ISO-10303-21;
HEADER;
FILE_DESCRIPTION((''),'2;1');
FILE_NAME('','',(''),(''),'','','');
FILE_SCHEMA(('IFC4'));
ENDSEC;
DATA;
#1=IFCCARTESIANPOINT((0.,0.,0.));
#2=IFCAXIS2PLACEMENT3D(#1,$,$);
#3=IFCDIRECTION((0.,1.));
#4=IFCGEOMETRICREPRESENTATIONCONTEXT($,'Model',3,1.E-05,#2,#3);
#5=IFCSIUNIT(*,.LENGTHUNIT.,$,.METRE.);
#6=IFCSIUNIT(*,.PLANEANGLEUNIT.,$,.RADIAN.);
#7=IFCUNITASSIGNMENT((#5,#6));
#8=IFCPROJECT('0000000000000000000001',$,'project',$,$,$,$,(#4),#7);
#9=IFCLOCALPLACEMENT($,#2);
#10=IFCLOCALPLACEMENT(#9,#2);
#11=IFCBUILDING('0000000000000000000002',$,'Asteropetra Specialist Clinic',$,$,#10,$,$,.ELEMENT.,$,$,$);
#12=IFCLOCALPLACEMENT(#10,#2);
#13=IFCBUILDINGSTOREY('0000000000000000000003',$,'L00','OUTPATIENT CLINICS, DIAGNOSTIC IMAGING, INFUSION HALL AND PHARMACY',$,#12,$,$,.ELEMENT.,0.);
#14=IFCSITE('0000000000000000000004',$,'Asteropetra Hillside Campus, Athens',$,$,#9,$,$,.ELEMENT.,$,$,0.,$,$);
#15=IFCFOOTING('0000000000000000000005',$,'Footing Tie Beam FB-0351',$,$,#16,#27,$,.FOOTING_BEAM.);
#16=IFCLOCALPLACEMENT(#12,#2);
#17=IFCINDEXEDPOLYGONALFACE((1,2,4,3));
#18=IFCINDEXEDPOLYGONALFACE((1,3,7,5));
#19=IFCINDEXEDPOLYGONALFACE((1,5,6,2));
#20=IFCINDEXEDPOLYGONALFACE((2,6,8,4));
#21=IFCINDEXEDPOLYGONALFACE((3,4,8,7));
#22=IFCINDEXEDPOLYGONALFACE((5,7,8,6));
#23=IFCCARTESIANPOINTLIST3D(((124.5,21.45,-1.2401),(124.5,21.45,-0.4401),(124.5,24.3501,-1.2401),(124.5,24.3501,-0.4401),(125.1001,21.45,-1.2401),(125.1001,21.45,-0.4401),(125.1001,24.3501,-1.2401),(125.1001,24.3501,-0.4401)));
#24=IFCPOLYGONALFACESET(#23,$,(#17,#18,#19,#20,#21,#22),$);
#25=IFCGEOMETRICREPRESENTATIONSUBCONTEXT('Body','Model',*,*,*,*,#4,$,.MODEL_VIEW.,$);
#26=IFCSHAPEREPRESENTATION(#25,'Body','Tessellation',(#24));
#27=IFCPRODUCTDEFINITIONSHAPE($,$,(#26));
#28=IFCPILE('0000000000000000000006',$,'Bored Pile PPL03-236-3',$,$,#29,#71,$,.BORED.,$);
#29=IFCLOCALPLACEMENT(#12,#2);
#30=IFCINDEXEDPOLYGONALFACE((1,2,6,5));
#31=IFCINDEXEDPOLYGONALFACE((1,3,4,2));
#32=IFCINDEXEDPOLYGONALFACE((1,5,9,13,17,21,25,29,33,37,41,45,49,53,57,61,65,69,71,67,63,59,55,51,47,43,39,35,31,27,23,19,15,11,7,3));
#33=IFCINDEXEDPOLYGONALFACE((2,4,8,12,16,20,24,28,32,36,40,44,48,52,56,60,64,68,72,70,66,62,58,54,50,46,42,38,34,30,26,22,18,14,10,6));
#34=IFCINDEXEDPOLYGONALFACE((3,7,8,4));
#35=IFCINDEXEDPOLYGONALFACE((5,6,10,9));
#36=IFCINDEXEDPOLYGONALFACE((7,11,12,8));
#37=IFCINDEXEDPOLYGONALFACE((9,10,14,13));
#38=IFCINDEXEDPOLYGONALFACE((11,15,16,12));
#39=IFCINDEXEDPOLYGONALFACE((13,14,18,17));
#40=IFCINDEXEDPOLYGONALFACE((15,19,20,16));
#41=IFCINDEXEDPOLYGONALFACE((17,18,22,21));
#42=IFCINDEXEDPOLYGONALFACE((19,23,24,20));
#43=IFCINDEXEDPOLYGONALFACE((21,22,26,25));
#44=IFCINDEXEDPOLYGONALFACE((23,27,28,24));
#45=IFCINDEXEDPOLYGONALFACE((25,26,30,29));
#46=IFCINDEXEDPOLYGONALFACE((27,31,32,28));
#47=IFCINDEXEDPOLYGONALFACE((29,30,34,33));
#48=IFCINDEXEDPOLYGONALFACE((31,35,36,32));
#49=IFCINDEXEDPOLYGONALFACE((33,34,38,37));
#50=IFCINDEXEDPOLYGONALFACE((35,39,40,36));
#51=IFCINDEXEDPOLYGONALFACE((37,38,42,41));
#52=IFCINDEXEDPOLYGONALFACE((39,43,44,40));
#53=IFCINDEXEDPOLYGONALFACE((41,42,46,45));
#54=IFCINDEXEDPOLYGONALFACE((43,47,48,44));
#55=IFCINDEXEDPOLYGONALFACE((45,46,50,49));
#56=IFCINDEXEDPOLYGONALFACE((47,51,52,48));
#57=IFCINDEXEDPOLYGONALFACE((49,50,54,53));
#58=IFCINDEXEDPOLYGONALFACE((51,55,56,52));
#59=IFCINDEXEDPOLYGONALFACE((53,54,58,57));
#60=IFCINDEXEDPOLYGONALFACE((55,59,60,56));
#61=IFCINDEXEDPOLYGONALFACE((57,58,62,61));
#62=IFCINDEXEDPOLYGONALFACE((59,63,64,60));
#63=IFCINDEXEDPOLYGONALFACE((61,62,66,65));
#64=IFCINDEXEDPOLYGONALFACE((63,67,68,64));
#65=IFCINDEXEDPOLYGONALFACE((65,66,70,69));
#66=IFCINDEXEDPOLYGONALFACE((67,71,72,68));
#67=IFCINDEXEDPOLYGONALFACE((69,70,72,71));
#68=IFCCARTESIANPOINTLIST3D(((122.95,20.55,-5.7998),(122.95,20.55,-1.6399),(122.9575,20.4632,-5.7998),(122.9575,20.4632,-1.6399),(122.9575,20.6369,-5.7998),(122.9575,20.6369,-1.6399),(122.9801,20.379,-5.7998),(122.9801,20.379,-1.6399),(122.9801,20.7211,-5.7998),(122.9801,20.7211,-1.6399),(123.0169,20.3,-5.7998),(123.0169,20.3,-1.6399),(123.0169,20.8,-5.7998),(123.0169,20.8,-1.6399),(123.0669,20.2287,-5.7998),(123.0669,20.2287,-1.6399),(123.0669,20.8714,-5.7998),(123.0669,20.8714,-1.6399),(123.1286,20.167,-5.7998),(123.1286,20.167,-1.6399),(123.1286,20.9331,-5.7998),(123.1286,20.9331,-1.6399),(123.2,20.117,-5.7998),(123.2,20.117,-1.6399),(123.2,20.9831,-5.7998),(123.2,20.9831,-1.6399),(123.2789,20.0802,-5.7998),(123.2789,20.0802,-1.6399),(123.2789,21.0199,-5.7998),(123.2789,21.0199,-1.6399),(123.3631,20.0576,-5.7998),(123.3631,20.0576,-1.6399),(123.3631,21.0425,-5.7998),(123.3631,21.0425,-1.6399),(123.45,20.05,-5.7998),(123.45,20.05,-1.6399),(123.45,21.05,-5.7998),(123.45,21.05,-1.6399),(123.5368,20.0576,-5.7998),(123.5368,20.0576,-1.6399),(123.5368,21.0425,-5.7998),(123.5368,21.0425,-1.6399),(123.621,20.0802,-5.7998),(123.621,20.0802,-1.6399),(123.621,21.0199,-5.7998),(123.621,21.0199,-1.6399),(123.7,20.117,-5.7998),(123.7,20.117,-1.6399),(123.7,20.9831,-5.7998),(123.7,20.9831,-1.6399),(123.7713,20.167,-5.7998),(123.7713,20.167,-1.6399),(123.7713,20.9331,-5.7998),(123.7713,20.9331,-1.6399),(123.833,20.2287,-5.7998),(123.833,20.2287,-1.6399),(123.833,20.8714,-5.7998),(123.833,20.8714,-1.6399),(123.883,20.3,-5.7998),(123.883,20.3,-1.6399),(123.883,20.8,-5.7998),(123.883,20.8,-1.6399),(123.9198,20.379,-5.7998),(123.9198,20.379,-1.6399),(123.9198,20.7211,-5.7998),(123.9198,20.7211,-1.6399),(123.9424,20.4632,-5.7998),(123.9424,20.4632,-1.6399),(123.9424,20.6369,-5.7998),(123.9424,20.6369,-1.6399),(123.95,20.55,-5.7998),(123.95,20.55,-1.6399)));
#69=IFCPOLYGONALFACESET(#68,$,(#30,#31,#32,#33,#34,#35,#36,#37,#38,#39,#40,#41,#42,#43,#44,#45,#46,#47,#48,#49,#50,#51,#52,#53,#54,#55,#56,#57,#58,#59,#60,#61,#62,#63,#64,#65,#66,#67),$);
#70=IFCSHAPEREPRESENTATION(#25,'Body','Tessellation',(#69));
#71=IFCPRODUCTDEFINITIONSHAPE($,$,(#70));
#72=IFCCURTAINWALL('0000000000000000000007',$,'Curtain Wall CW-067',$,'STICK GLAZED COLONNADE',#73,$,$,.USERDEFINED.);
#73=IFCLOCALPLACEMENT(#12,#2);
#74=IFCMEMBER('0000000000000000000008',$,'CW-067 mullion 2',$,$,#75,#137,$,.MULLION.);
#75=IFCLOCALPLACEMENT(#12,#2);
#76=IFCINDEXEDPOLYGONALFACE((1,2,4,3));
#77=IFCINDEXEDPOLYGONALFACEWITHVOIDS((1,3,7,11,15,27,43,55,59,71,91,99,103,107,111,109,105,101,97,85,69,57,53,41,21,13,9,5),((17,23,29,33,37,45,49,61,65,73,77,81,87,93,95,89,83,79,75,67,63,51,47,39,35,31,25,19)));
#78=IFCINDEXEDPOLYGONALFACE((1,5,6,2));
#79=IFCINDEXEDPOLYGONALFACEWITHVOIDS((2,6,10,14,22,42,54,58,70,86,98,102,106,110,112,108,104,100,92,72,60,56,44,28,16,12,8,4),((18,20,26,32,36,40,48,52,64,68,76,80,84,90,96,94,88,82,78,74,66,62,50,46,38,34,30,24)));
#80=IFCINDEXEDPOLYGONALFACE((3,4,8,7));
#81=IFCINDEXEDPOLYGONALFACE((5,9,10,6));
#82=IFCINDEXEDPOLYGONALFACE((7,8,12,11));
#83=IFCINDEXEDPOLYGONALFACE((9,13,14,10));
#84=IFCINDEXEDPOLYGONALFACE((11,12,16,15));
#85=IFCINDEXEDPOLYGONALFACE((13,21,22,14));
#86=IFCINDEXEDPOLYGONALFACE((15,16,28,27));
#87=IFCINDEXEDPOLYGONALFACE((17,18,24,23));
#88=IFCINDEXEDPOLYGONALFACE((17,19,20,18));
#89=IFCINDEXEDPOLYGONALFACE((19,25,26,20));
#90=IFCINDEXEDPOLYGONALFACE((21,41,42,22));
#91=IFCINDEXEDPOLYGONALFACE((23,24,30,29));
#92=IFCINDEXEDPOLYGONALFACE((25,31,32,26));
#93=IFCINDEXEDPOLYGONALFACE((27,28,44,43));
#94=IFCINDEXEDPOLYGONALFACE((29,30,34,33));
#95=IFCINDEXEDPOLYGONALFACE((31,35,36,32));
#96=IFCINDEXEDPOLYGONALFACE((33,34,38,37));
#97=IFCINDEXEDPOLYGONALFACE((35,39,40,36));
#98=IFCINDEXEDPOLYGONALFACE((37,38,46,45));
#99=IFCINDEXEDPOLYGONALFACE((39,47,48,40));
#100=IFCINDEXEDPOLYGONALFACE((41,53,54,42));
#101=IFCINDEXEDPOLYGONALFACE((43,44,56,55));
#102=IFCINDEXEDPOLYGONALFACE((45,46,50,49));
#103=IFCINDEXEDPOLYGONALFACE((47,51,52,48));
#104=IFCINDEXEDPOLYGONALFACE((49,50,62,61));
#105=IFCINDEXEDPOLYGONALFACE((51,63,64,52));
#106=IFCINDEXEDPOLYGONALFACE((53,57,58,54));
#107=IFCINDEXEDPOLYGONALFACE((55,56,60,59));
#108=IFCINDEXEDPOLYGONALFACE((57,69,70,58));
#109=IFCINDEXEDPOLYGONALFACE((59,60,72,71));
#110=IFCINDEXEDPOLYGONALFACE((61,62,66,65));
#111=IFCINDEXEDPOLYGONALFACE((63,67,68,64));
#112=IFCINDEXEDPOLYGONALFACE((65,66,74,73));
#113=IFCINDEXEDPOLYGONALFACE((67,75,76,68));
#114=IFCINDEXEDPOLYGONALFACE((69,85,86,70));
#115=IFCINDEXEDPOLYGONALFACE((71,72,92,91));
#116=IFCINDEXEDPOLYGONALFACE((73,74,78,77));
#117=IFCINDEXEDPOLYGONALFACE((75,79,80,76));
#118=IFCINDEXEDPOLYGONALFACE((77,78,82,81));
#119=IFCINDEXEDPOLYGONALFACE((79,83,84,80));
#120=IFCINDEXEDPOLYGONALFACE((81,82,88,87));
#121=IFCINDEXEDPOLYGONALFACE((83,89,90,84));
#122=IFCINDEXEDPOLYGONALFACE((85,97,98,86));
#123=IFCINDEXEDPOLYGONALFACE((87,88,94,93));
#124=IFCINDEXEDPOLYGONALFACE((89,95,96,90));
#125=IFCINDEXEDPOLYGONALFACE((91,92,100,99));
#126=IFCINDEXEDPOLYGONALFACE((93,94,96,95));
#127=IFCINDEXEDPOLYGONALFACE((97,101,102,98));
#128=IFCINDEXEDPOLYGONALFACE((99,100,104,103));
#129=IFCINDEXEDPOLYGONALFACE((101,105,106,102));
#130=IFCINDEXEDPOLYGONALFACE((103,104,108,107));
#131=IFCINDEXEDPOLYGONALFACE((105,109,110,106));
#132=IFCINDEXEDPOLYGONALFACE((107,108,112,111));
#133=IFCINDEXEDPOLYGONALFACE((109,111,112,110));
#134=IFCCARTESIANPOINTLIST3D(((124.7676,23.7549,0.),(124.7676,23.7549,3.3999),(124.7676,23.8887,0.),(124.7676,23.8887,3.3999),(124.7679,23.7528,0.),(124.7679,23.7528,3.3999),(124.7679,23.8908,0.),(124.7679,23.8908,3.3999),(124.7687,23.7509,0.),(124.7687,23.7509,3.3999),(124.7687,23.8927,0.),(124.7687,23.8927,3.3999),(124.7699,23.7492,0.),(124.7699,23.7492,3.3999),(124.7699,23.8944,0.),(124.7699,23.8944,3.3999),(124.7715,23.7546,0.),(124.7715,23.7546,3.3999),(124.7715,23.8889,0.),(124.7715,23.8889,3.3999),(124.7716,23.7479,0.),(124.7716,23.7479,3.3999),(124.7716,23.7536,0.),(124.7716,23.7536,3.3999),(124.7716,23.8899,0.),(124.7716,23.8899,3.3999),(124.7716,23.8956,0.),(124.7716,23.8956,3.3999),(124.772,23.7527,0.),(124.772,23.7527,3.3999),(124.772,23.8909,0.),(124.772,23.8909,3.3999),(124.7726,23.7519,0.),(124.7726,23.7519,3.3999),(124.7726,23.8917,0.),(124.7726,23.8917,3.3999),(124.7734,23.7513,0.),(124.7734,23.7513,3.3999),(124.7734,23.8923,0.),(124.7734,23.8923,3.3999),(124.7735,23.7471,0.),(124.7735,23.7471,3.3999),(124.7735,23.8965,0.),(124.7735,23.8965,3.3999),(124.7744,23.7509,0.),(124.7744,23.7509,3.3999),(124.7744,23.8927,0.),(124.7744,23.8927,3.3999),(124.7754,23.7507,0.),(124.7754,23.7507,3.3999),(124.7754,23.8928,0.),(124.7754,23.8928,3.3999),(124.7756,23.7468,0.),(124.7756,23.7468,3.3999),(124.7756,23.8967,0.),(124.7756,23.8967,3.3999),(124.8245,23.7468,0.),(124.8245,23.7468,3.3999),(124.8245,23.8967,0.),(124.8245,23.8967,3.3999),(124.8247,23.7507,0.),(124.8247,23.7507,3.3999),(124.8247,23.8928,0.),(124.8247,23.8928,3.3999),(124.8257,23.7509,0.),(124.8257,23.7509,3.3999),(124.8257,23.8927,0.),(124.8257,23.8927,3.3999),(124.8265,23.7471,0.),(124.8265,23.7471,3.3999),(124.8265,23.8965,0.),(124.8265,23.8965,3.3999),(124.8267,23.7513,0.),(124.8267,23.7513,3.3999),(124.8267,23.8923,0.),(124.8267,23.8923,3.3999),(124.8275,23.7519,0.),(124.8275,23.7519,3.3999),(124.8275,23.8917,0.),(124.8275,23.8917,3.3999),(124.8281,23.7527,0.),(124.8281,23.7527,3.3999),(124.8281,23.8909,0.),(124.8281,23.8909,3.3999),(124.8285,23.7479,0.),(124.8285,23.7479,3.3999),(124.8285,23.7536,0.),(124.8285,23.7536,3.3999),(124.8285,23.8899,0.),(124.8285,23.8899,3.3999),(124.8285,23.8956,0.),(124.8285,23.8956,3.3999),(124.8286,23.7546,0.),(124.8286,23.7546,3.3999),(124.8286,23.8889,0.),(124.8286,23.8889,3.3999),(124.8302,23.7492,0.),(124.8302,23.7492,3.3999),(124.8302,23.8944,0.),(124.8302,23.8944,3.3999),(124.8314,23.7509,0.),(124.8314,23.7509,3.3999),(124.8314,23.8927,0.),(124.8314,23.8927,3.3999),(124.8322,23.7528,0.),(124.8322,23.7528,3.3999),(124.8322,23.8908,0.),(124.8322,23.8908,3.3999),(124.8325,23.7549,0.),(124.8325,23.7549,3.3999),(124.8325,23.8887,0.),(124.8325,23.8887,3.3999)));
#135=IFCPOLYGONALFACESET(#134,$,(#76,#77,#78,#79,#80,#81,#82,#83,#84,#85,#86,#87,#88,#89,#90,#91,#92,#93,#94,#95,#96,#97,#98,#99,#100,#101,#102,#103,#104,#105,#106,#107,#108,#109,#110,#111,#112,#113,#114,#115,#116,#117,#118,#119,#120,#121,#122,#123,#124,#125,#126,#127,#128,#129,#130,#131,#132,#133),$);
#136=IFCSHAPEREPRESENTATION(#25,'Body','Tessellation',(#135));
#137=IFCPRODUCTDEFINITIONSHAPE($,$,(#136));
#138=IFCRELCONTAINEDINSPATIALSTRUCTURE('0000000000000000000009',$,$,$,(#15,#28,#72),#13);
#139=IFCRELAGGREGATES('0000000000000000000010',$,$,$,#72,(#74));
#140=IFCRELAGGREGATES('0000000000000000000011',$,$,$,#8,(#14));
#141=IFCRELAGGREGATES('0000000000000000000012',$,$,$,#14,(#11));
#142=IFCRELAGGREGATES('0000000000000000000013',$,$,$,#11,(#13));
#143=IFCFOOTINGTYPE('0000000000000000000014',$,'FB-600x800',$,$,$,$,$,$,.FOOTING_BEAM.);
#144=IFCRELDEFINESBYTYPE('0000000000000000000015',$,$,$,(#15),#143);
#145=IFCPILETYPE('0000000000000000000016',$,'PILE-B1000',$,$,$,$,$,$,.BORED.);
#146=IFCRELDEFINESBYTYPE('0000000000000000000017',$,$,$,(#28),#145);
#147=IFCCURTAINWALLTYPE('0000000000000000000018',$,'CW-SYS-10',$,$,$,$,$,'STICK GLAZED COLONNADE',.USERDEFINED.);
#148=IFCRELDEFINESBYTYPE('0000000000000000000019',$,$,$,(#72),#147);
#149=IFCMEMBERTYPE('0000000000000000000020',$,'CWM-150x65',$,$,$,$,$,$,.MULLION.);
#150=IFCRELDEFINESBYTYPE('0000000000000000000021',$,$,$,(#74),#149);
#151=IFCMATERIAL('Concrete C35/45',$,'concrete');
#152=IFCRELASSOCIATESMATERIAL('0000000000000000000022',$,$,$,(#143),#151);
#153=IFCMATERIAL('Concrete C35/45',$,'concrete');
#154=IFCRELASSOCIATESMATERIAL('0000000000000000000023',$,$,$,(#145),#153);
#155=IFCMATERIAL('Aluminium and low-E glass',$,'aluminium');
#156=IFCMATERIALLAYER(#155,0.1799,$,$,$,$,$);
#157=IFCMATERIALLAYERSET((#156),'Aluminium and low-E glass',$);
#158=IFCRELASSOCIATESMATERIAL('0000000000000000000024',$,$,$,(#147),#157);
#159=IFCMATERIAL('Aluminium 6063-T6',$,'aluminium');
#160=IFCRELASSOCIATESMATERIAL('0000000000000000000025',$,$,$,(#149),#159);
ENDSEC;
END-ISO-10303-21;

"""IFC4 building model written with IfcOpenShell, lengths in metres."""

from ifc_helpers import new_model, si_unit, direction, frame, origin, origin_2d, place, context, subcontext, project, spatial, rectangle, hollow_rectangle, circle, extrude, material, layer, layer_set, material_profile, profile_set, type_object, element, aggregate, save


model = new_model("IFC4")

# Units and contexts
model_context = context("Model", 3, precision=1e-05, world=origin(), true_north=direction((0.0, 1.0)))
body_context = subcontext(model_context, "Body", "Model", "MODEL_VIEW")
ifc_project = project(units=[si_unit("LENGTHUNIT", "METRE"), si_unit("PLANEANGLEUNIT", "RADIAN")], contexts=[model_context])

# Site, building, storey
site_placement = place(None, origin())
site = spatial("IfcSite", under=ifc_project, at=site_placement, Name="Asteropetra Hillside Campus, Athens", CompositionType="ELEMENT", RefElevation=0.0)
building_placement = place(site_placement, origin())
building = spatial("IfcBuilding", under=site, at=building_placement, Name="Asteropetra Specialist Clinic", CompositionType="ELEMENT")
storey_placement = place(building_placement, origin())
storey = spatial("IfcBuildingStorey", under=building, at=storey_placement, Name="L00", Description="OUTPATIENT CLINICS, DIAGNOSTIC IMAGING, INFUSION HALL AND PHARMACY", CompositionType="ELEMENT", Elevation=0.0)

# Footing
ifc_material_1 = material(Name="Concrete C35/45", Category="concrete")
ifc_material_profile_1 = material_profile(ifc_material_1, rectangle(XDim=0.6001, YDim=0.8, at=origin_2d()), Name="FB 600x800")
ifc_profile_set_1 = profile_set([ifc_material_profile_1], Name="Concrete C35/45")
footing_type = type_object("IfcFootingType", Name="FB-600x800", PredefinedType="FOOTING_BEAM", material=ifc_profile_set_1)
footing_placement = place(storey_placement, frame((124.8, 21.45, -0.8401), z_axis=(0.0, 1.0, 0.0), x_axis=(-1.0, 0.0, 0.0)))
element("IfcFooting", 1, at=footing_placement, inside=storey, type_object=footing_type, Name="Footing Tie Beam FB-0351", PredefinedType="FOOTING_BEAM", context=body_context, shape_type="SweptSolid", body=[
    extrude(rectangle(XDim=0.6001, YDim=0.8, at=origin_2d()), origin(), (0.0, 0.0, 1.0), 2.9001),
])

# Pile
ifc_material_2 = material(Name="Concrete C35/45", Category="concrete")
ifc_material_profile_2 = material_profile(ifc_material_2, circle(Radius=0.5, at=origin_2d()), Name="PILE D1000")
ifc_profile_set_2 = profile_set([ifc_material_profile_2], Name="Concrete C35/45")
pile_type = type_object("IfcPileType", Name="PILE-B1000", PredefinedType="BORED", material=ifc_profile_set_2)
pile_placement = place(storey_placement, frame((123.45, 20.55, -1.6399), z_axis=(0.0, 0.0, -1.0), x_axis=(1.0, 0.0, 0.0)))
element("IfcPile", 2, at=pile_placement, inside=storey, type_object=pile_type, Name="Bored Pile PPL03-236-3", PredefinedType="BORED", context=body_context, shape_type="SweptSolid", body=[
    extrude(circle(Radius=0.5, at=origin_2d()), origin(), (0.0, 0.0, 1.0), 4.1599),
])

# Curtain wall, member
ifc_material_3 = material(Name="Aluminium and low-E glass", Category="aluminium")
ifc_layer_1 = layer(ifc_material_3, 0.1799)
ifc_layer_set_1 = layer_set([ifc_layer_1], Name="Aluminium and low-E glass")
curtain_wall_type = type_object("IfcCurtainWallType", Name="CW-SYS-10", ElementType="STICK GLAZED COLONNADE", PredefinedType="USERDEFINED", material=ifc_layer_set_1)
curtain_wall_placement = place(storey_placement, origin())
curtain_wall = element("IfcCurtainWall", 3, at=curtain_wall_placement, inside=storey, type_object=curtain_wall_type, Name="Curtain Wall CW-067", ObjectType="STICK GLAZED COLONNADE", PredefinedType="USERDEFINED")
ifc_material_4 = material(Name="Aluminium 6063-T6", Category="aluminium")
ifc_material_profile_3 = material_profile(ifc_material_4, hollow_rectangle(XDim=0.0649, YDim=0.1499, WallThickness=0.0039, InnerFilletRadius=0.0039, OuterFilletRadius=0.0081, at=origin_2d()), Name="MUL 150x65x4.0")
ifc_profile_set_3 = profile_set([ifc_material_profile_3], Name="Aluminium 6063-T6")
member_type_1 = type_object("IfcMemberType", Name="CWM-150x65", PredefinedType="MULLION", material=ifc_profile_set_3)
member_1_placement = place(storey_placement, frame((124.8, 23.8218, 0.0), z_axis=(0.0, 0.0, 1.0), x_axis=(1.0, 0.0, 0.0)))
member_1 = element("IfcMember", 4, at=member_1_placement, type_object=member_type_1, Name="CW-067 mullion 2", PredefinedType="MULLION", context=body_context, shape_type="SweptSolid", body=[
    extrude(hollow_rectangle(XDim=0.0649, YDim=0.1499, WallThickness=0.0039, InnerFilletRadius=0.0039, OuterFilletRadius=0.0081, at=origin_2d()), origin(), (0.0, 0.0, 1.0), 3.3999),
])
aggregate(curtain_wall, [member_1])

save(model, "model.ifc")
